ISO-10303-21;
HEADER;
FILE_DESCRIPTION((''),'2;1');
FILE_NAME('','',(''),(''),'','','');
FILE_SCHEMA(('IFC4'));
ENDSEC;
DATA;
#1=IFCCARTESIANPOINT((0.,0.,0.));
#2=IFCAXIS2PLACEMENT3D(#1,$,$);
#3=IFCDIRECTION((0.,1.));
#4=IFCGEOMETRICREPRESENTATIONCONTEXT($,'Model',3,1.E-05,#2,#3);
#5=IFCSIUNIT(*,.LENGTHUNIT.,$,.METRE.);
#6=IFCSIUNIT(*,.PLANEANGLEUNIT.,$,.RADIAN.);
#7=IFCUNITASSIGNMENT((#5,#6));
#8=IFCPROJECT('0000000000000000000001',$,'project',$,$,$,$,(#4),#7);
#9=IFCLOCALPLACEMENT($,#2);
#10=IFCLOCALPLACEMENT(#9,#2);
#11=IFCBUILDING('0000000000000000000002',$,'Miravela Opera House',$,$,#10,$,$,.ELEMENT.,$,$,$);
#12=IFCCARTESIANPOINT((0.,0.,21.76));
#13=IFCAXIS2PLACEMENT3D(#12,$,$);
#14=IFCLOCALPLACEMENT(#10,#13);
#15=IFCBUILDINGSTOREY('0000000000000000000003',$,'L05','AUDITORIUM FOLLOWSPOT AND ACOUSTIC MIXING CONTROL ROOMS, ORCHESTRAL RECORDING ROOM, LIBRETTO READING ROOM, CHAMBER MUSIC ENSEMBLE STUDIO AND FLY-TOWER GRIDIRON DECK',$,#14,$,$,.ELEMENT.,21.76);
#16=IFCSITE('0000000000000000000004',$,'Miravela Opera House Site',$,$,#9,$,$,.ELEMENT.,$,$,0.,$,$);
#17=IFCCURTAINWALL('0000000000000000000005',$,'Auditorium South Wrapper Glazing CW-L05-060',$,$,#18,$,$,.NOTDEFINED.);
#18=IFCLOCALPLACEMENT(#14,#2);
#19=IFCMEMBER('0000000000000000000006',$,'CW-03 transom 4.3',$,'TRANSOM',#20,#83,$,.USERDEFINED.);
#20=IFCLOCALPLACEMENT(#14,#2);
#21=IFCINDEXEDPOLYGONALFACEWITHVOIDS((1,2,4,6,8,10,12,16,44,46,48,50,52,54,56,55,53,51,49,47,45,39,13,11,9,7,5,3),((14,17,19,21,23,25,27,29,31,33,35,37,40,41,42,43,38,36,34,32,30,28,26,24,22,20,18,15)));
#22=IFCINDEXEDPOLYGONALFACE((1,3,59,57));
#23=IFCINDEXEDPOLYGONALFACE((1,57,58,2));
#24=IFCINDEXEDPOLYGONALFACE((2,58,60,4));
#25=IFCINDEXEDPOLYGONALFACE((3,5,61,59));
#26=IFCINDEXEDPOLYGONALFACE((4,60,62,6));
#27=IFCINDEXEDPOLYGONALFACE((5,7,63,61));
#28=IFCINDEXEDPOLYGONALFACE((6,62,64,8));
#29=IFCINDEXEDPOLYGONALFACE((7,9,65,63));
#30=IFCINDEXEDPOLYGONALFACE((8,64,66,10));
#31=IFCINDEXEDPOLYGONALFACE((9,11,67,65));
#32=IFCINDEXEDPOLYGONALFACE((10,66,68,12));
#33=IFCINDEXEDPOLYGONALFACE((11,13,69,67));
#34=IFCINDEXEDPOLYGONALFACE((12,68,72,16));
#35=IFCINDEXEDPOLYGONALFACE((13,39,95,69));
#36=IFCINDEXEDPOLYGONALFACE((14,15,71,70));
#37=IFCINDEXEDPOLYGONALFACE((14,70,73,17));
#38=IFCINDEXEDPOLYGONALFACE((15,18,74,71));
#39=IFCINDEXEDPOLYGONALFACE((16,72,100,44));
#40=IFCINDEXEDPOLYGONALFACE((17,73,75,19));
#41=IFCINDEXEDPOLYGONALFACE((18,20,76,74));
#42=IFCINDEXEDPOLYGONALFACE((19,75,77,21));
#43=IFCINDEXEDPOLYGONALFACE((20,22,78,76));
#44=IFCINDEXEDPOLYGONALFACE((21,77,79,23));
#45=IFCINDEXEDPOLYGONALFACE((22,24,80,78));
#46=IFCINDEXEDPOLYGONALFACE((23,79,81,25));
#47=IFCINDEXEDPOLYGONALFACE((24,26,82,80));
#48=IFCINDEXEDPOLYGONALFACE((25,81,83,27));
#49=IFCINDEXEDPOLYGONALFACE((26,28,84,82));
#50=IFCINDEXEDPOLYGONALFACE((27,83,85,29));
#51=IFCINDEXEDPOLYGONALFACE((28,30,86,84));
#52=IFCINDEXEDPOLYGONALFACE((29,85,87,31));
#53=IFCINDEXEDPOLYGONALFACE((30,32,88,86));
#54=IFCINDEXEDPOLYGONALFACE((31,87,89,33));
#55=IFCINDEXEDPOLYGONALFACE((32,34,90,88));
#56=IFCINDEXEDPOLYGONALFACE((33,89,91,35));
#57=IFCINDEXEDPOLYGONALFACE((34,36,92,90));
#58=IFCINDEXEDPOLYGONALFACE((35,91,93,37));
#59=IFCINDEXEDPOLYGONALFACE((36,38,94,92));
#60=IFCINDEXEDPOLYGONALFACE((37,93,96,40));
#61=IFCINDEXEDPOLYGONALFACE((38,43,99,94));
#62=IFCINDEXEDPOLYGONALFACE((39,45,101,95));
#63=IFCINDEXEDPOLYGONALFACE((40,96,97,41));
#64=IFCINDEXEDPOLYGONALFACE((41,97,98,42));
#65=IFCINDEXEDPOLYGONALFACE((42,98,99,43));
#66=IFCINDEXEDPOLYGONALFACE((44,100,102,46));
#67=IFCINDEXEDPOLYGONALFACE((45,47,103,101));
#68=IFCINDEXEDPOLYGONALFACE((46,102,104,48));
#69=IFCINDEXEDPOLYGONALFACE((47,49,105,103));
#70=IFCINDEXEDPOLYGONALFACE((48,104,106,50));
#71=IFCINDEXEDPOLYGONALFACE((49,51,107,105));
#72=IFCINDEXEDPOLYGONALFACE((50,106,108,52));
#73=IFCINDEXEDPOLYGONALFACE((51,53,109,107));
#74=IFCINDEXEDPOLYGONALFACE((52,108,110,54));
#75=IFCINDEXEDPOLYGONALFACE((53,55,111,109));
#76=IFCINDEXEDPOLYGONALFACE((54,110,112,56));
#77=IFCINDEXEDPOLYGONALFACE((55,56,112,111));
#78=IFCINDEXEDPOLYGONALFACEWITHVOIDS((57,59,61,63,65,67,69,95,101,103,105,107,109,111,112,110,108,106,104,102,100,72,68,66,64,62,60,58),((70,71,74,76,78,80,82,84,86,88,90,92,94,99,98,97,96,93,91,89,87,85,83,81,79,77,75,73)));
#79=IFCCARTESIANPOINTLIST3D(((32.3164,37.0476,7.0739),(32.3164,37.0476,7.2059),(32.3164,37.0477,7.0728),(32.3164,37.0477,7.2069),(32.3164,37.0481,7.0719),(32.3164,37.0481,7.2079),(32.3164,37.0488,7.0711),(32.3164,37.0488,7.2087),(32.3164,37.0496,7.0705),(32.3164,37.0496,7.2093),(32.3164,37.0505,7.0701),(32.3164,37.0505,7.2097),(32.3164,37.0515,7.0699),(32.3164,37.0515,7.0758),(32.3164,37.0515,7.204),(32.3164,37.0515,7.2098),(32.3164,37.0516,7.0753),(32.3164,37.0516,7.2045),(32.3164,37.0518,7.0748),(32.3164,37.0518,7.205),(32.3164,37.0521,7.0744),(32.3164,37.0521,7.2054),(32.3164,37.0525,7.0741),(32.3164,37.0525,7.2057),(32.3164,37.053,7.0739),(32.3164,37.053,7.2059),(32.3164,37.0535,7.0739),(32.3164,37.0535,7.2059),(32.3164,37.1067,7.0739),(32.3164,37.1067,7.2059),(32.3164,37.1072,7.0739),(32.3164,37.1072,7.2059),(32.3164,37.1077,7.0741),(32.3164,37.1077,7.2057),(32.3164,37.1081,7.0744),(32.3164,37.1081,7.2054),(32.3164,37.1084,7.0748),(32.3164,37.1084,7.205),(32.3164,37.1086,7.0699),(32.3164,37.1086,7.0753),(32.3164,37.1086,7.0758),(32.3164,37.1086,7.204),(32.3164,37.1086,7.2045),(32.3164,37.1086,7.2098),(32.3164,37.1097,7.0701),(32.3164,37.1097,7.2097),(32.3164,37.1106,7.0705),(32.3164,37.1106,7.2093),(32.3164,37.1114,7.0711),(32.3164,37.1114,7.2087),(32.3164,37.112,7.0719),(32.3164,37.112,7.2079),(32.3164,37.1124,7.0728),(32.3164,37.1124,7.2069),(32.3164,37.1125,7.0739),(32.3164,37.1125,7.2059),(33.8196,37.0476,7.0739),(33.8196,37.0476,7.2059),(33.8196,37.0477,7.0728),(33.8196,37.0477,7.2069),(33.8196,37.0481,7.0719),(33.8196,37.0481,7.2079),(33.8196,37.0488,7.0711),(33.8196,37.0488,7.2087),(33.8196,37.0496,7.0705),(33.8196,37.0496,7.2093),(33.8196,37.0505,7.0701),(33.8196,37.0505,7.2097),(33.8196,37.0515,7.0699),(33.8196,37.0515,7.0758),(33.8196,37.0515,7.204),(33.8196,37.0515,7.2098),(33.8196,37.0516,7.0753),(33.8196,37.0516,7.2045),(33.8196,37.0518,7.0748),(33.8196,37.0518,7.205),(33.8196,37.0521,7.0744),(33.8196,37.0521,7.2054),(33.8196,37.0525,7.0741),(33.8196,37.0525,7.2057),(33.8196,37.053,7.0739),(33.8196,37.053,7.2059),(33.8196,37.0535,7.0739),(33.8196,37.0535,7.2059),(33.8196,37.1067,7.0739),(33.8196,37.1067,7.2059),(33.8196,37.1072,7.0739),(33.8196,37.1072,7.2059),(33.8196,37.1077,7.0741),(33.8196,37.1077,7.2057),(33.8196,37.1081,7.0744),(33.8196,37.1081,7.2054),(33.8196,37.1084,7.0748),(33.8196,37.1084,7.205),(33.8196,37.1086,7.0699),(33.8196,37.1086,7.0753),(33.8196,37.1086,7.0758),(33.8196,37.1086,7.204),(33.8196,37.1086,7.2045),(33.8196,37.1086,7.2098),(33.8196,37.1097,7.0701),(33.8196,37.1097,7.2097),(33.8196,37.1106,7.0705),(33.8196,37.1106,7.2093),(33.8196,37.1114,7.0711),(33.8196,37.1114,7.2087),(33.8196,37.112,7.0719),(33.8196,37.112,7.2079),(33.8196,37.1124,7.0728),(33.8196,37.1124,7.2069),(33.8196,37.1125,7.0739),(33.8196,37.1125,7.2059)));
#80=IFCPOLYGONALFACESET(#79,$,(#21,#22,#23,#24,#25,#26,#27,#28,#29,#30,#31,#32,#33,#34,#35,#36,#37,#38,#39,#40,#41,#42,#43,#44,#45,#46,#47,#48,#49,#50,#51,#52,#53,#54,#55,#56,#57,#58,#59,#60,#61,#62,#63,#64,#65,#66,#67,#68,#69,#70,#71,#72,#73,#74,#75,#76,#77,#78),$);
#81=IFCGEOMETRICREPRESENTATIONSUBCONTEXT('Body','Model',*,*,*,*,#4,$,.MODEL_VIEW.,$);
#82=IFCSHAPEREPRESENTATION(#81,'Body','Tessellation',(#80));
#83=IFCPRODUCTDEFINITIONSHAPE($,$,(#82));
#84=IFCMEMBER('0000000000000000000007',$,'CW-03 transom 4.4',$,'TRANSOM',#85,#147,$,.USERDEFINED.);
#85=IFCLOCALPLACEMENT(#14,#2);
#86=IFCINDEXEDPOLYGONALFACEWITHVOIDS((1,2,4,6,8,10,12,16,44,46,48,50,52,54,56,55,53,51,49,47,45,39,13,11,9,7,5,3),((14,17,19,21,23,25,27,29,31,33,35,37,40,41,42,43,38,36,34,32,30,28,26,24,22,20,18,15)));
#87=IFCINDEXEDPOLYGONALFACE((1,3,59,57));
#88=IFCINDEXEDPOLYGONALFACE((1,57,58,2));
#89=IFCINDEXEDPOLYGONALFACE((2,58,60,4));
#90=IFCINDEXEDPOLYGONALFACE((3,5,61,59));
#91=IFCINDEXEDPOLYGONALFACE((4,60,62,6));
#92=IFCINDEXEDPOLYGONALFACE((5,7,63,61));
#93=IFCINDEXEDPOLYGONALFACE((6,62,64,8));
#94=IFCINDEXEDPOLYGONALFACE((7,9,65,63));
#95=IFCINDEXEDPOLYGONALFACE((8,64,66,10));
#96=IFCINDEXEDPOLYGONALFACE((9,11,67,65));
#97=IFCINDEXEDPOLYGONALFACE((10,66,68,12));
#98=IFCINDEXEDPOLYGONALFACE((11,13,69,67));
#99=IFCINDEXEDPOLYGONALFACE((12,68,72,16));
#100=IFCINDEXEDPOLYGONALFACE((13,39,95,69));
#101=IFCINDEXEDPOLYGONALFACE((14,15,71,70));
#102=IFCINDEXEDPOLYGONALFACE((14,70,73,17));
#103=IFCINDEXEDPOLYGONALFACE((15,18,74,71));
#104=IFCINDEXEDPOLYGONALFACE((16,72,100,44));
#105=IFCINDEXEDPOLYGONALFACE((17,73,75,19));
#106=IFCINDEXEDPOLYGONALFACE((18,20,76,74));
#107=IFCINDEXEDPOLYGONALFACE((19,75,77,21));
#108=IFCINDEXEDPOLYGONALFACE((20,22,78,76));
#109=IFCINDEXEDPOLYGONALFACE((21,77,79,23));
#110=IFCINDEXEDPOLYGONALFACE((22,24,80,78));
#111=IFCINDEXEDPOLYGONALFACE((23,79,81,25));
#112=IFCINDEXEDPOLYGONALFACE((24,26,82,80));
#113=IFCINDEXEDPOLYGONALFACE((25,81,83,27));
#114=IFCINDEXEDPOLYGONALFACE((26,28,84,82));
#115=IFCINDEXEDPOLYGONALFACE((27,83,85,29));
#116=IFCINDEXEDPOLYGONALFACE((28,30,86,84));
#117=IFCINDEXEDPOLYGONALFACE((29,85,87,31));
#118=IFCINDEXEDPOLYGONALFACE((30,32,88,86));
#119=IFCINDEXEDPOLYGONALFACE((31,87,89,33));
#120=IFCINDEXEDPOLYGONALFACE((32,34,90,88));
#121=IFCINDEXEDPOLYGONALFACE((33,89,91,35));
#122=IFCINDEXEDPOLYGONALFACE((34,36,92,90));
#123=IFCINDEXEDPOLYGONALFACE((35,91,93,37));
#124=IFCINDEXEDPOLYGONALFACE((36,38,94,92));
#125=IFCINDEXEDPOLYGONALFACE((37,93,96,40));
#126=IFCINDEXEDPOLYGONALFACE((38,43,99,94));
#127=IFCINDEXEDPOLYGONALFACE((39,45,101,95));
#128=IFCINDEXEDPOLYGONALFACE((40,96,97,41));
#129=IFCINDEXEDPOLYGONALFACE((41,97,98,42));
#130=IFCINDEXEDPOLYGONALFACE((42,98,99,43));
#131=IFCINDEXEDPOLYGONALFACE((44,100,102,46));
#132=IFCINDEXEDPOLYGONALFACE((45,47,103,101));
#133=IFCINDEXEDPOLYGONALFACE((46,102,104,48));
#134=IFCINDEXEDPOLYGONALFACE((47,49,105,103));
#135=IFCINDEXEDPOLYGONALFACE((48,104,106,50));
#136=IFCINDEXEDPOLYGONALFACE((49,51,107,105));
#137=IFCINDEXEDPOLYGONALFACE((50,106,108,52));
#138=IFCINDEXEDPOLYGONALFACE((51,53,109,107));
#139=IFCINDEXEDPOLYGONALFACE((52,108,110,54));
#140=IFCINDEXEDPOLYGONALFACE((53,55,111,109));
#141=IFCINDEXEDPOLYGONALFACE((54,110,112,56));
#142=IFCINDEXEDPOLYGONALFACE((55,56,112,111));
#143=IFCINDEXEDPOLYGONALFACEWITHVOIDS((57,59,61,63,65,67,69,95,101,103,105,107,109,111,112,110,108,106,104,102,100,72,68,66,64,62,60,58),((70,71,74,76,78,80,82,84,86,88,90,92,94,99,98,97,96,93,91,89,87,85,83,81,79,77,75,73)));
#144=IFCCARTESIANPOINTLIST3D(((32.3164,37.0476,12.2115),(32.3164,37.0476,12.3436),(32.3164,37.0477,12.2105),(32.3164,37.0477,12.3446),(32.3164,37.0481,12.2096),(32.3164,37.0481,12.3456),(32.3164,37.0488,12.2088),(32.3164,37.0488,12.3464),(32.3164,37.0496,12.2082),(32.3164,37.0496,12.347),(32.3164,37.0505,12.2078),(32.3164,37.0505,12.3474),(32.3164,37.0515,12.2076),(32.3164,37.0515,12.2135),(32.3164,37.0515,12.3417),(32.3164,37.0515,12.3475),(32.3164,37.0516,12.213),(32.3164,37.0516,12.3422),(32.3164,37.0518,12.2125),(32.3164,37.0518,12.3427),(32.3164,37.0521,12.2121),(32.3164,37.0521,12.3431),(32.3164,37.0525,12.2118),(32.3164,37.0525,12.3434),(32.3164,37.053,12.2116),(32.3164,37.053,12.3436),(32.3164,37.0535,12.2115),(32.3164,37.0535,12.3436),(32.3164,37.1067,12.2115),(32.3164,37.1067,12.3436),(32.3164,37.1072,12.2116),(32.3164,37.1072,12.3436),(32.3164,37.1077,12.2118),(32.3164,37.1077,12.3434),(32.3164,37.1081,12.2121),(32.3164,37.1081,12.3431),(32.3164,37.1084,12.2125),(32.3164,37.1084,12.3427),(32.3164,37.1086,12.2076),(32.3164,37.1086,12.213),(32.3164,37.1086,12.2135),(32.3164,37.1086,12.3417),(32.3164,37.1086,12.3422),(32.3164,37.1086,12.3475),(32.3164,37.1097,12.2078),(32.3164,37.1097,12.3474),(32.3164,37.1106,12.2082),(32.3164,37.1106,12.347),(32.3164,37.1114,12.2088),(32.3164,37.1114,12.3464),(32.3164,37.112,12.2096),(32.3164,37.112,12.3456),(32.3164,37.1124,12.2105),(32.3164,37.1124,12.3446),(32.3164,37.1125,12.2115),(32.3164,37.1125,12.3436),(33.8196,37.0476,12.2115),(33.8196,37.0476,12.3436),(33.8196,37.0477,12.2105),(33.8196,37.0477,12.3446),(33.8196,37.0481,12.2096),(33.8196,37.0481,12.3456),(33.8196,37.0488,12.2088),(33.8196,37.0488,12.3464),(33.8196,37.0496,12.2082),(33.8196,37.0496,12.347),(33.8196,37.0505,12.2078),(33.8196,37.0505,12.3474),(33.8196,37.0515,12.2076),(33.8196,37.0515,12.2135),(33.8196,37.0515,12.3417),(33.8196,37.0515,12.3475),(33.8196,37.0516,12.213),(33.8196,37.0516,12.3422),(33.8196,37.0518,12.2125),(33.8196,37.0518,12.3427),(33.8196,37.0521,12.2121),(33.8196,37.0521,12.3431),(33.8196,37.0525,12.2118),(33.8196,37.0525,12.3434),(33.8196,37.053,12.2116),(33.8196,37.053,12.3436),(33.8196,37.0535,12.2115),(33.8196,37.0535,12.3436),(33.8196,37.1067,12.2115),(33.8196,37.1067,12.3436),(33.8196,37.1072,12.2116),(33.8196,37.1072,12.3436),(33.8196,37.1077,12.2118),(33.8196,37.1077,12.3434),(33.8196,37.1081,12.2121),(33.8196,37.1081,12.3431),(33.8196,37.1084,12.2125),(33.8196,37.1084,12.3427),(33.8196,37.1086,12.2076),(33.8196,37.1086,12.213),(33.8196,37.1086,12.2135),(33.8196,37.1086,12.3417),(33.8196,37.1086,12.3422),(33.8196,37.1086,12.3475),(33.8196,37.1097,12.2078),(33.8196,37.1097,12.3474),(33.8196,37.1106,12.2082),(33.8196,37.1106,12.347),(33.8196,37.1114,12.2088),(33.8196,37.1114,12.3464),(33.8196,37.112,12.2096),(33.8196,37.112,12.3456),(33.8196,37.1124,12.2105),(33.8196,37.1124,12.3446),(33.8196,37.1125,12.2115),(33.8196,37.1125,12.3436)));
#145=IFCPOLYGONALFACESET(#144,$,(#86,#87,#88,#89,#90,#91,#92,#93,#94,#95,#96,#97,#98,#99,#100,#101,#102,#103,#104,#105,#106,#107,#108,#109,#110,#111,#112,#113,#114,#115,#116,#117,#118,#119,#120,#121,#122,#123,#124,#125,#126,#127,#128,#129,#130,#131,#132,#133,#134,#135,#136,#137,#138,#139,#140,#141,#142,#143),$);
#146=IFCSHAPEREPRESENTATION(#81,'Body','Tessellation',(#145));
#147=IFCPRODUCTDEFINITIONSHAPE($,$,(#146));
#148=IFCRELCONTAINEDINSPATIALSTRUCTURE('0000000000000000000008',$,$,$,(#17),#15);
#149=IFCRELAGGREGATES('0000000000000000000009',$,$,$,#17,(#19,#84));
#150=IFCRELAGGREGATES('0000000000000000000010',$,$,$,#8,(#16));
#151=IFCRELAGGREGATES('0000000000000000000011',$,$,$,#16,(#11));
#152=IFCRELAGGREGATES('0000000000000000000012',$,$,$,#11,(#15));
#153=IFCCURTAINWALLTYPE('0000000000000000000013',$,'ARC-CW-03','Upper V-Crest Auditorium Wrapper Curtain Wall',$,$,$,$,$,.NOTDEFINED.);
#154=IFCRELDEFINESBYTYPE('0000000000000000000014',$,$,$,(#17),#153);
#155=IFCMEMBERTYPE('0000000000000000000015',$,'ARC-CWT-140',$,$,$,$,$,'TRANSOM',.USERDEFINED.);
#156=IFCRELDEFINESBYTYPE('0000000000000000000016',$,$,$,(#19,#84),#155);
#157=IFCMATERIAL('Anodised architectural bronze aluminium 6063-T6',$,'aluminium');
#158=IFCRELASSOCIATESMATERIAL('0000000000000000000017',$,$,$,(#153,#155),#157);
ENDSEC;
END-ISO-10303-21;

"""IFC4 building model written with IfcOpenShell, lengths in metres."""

from ifc_helpers import new_model, si_unit, direction, frame, origin, origin_2d, place, context, subcontext, project, spatial, hollow_rectangle, extrude, material, material_profile, profile_set, type_object, element, aggregate, save


model = new_model("IFC4")

# Units and contexts
model_context = context("Model", 3, precision=1e-05, world=origin(), true_north=direction((0.0, 1.0)))
body_context = subcontext(model_context, "Body", "Model", "MODEL_VIEW")
ifc_project = project(units=[si_unit("LENGTHUNIT", "METRE"), si_unit("PLANEANGLEUNIT", "RADIAN")], contexts=[model_context])

# Site, building, storey
site_placement = place(None, origin())
site = spatial("IfcSite", under=ifc_project, at=site_placement, Name="Miravela Opera House Site", CompositionType="ELEMENT", RefElevation=0.0)
building_placement = place(site_placement, origin())
building = spatial("IfcBuilding", under=site, at=building_placement, Name="Miravela Opera House", CompositionType="ELEMENT")
storey_placement = place(building_placement, frame((0.0, 0.0, 21.76)))
storey = spatial("IfcBuildingStorey", under=building, at=storey_placement, Name="L05", Description="AUDITORIUM FOLLOWSPOT AND ACOUSTIC MIXING CONTROL ROOMS, ORCHESTRAL RECORDING ROOM, LIBRETTO READING ROOM, CHAMBER MUSIC ENSEMBLE STUDIO AND FLY-TOWER GRIDIRON DECK", CompositionType="ELEMENT", Elevation=21.76)

# Curtain wall, members
ifc_material_1 = material(Name="Anodised architectural bronze aluminium 6063-T6", Category="aluminium")
curtain_wall_type = type_object("IfcCurtainWallType", Name="ARC-CW-03", Description="Upper V-Crest Auditorium Wrapper Curtain Wall", PredefinedType="NOTDEFINED", material=ifc_material_1)
curtain_wall_placement = place(storey_placement, origin())
curtain_wall = element("IfcCurtainWall", 1, at=curtain_wall_placement, inside=storey, type_object=curtain_wall_type, Name="Auditorium South Wrapper Glazing CW-L05-060", PredefinedType="NOTDEFINED")
ifc_material_profile_1 = material_profile(ifc_material_1, hollow_rectangle(XDim=0.0649, YDim=0.1399, WallThickness=0.0039, InnerFilletRadius=0.002, OuterFilletRadius=0.0039, at=origin_2d()), Name="CWT-65X140")
ifc_profile_set_1 = profile_set([ifc_material_profile_1])
member_type_1 = type_object("IfcMemberType", Name="ARC-CWT-140", ElementType="TRANSOM", PredefinedType="USERDEFINED", material=ifc_profile_set_1)
member_1_placement = place(storey_placement, frame((32.3164, 37.0801, 7.1399), z_axis=(1.0, 0.0, 0.0), x_axis=(0.0, 1.0, 0.0)))
member_1 = element("IfcMember", 2, at=member_1_placement, type_object=member_type_1, Name="CW-03 transom 4.3", ObjectType="TRANSOM", PredefinedType="USERDEFINED", context=body_context, shape_type="SweptSolid", body=[
    extrude(hollow_rectangle(XDim=0.0649, YDim=0.1399, WallThickness=0.0039, InnerFilletRadius=0.002, OuterFilletRadius=0.0039, at=origin_2d()), origin(), (0.0, 0.0, 1.0), 1.5032),
])
member_2_placement = place(storey_placement, frame((32.3164, 37.0801, 12.2776), z_axis=(1.0, 0.0, 0.0), x_axis=(0.0, 1.0, 0.0)))
member_2 = element("IfcMember", 3, at=member_2_placement, type_object=member_type_1, Name="CW-03 transom 4.4", ObjectType="TRANSOM", PredefinedType="USERDEFINED", context=body_context, shape_type="SweptSolid", body=[
    extrude(hollow_rectangle(XDim=0.0649, YDim=0.1399, WallThickness=0.0039, InnerFilletRadius=0.002, OuterFilletRadius=0.0039, at=origin_2d()), origin(), (0.0, 0.0, 1.0), 1.5032),
])

aggregate(curtain_wall, [member_1, member_2])

save(model, "model.ifc")
